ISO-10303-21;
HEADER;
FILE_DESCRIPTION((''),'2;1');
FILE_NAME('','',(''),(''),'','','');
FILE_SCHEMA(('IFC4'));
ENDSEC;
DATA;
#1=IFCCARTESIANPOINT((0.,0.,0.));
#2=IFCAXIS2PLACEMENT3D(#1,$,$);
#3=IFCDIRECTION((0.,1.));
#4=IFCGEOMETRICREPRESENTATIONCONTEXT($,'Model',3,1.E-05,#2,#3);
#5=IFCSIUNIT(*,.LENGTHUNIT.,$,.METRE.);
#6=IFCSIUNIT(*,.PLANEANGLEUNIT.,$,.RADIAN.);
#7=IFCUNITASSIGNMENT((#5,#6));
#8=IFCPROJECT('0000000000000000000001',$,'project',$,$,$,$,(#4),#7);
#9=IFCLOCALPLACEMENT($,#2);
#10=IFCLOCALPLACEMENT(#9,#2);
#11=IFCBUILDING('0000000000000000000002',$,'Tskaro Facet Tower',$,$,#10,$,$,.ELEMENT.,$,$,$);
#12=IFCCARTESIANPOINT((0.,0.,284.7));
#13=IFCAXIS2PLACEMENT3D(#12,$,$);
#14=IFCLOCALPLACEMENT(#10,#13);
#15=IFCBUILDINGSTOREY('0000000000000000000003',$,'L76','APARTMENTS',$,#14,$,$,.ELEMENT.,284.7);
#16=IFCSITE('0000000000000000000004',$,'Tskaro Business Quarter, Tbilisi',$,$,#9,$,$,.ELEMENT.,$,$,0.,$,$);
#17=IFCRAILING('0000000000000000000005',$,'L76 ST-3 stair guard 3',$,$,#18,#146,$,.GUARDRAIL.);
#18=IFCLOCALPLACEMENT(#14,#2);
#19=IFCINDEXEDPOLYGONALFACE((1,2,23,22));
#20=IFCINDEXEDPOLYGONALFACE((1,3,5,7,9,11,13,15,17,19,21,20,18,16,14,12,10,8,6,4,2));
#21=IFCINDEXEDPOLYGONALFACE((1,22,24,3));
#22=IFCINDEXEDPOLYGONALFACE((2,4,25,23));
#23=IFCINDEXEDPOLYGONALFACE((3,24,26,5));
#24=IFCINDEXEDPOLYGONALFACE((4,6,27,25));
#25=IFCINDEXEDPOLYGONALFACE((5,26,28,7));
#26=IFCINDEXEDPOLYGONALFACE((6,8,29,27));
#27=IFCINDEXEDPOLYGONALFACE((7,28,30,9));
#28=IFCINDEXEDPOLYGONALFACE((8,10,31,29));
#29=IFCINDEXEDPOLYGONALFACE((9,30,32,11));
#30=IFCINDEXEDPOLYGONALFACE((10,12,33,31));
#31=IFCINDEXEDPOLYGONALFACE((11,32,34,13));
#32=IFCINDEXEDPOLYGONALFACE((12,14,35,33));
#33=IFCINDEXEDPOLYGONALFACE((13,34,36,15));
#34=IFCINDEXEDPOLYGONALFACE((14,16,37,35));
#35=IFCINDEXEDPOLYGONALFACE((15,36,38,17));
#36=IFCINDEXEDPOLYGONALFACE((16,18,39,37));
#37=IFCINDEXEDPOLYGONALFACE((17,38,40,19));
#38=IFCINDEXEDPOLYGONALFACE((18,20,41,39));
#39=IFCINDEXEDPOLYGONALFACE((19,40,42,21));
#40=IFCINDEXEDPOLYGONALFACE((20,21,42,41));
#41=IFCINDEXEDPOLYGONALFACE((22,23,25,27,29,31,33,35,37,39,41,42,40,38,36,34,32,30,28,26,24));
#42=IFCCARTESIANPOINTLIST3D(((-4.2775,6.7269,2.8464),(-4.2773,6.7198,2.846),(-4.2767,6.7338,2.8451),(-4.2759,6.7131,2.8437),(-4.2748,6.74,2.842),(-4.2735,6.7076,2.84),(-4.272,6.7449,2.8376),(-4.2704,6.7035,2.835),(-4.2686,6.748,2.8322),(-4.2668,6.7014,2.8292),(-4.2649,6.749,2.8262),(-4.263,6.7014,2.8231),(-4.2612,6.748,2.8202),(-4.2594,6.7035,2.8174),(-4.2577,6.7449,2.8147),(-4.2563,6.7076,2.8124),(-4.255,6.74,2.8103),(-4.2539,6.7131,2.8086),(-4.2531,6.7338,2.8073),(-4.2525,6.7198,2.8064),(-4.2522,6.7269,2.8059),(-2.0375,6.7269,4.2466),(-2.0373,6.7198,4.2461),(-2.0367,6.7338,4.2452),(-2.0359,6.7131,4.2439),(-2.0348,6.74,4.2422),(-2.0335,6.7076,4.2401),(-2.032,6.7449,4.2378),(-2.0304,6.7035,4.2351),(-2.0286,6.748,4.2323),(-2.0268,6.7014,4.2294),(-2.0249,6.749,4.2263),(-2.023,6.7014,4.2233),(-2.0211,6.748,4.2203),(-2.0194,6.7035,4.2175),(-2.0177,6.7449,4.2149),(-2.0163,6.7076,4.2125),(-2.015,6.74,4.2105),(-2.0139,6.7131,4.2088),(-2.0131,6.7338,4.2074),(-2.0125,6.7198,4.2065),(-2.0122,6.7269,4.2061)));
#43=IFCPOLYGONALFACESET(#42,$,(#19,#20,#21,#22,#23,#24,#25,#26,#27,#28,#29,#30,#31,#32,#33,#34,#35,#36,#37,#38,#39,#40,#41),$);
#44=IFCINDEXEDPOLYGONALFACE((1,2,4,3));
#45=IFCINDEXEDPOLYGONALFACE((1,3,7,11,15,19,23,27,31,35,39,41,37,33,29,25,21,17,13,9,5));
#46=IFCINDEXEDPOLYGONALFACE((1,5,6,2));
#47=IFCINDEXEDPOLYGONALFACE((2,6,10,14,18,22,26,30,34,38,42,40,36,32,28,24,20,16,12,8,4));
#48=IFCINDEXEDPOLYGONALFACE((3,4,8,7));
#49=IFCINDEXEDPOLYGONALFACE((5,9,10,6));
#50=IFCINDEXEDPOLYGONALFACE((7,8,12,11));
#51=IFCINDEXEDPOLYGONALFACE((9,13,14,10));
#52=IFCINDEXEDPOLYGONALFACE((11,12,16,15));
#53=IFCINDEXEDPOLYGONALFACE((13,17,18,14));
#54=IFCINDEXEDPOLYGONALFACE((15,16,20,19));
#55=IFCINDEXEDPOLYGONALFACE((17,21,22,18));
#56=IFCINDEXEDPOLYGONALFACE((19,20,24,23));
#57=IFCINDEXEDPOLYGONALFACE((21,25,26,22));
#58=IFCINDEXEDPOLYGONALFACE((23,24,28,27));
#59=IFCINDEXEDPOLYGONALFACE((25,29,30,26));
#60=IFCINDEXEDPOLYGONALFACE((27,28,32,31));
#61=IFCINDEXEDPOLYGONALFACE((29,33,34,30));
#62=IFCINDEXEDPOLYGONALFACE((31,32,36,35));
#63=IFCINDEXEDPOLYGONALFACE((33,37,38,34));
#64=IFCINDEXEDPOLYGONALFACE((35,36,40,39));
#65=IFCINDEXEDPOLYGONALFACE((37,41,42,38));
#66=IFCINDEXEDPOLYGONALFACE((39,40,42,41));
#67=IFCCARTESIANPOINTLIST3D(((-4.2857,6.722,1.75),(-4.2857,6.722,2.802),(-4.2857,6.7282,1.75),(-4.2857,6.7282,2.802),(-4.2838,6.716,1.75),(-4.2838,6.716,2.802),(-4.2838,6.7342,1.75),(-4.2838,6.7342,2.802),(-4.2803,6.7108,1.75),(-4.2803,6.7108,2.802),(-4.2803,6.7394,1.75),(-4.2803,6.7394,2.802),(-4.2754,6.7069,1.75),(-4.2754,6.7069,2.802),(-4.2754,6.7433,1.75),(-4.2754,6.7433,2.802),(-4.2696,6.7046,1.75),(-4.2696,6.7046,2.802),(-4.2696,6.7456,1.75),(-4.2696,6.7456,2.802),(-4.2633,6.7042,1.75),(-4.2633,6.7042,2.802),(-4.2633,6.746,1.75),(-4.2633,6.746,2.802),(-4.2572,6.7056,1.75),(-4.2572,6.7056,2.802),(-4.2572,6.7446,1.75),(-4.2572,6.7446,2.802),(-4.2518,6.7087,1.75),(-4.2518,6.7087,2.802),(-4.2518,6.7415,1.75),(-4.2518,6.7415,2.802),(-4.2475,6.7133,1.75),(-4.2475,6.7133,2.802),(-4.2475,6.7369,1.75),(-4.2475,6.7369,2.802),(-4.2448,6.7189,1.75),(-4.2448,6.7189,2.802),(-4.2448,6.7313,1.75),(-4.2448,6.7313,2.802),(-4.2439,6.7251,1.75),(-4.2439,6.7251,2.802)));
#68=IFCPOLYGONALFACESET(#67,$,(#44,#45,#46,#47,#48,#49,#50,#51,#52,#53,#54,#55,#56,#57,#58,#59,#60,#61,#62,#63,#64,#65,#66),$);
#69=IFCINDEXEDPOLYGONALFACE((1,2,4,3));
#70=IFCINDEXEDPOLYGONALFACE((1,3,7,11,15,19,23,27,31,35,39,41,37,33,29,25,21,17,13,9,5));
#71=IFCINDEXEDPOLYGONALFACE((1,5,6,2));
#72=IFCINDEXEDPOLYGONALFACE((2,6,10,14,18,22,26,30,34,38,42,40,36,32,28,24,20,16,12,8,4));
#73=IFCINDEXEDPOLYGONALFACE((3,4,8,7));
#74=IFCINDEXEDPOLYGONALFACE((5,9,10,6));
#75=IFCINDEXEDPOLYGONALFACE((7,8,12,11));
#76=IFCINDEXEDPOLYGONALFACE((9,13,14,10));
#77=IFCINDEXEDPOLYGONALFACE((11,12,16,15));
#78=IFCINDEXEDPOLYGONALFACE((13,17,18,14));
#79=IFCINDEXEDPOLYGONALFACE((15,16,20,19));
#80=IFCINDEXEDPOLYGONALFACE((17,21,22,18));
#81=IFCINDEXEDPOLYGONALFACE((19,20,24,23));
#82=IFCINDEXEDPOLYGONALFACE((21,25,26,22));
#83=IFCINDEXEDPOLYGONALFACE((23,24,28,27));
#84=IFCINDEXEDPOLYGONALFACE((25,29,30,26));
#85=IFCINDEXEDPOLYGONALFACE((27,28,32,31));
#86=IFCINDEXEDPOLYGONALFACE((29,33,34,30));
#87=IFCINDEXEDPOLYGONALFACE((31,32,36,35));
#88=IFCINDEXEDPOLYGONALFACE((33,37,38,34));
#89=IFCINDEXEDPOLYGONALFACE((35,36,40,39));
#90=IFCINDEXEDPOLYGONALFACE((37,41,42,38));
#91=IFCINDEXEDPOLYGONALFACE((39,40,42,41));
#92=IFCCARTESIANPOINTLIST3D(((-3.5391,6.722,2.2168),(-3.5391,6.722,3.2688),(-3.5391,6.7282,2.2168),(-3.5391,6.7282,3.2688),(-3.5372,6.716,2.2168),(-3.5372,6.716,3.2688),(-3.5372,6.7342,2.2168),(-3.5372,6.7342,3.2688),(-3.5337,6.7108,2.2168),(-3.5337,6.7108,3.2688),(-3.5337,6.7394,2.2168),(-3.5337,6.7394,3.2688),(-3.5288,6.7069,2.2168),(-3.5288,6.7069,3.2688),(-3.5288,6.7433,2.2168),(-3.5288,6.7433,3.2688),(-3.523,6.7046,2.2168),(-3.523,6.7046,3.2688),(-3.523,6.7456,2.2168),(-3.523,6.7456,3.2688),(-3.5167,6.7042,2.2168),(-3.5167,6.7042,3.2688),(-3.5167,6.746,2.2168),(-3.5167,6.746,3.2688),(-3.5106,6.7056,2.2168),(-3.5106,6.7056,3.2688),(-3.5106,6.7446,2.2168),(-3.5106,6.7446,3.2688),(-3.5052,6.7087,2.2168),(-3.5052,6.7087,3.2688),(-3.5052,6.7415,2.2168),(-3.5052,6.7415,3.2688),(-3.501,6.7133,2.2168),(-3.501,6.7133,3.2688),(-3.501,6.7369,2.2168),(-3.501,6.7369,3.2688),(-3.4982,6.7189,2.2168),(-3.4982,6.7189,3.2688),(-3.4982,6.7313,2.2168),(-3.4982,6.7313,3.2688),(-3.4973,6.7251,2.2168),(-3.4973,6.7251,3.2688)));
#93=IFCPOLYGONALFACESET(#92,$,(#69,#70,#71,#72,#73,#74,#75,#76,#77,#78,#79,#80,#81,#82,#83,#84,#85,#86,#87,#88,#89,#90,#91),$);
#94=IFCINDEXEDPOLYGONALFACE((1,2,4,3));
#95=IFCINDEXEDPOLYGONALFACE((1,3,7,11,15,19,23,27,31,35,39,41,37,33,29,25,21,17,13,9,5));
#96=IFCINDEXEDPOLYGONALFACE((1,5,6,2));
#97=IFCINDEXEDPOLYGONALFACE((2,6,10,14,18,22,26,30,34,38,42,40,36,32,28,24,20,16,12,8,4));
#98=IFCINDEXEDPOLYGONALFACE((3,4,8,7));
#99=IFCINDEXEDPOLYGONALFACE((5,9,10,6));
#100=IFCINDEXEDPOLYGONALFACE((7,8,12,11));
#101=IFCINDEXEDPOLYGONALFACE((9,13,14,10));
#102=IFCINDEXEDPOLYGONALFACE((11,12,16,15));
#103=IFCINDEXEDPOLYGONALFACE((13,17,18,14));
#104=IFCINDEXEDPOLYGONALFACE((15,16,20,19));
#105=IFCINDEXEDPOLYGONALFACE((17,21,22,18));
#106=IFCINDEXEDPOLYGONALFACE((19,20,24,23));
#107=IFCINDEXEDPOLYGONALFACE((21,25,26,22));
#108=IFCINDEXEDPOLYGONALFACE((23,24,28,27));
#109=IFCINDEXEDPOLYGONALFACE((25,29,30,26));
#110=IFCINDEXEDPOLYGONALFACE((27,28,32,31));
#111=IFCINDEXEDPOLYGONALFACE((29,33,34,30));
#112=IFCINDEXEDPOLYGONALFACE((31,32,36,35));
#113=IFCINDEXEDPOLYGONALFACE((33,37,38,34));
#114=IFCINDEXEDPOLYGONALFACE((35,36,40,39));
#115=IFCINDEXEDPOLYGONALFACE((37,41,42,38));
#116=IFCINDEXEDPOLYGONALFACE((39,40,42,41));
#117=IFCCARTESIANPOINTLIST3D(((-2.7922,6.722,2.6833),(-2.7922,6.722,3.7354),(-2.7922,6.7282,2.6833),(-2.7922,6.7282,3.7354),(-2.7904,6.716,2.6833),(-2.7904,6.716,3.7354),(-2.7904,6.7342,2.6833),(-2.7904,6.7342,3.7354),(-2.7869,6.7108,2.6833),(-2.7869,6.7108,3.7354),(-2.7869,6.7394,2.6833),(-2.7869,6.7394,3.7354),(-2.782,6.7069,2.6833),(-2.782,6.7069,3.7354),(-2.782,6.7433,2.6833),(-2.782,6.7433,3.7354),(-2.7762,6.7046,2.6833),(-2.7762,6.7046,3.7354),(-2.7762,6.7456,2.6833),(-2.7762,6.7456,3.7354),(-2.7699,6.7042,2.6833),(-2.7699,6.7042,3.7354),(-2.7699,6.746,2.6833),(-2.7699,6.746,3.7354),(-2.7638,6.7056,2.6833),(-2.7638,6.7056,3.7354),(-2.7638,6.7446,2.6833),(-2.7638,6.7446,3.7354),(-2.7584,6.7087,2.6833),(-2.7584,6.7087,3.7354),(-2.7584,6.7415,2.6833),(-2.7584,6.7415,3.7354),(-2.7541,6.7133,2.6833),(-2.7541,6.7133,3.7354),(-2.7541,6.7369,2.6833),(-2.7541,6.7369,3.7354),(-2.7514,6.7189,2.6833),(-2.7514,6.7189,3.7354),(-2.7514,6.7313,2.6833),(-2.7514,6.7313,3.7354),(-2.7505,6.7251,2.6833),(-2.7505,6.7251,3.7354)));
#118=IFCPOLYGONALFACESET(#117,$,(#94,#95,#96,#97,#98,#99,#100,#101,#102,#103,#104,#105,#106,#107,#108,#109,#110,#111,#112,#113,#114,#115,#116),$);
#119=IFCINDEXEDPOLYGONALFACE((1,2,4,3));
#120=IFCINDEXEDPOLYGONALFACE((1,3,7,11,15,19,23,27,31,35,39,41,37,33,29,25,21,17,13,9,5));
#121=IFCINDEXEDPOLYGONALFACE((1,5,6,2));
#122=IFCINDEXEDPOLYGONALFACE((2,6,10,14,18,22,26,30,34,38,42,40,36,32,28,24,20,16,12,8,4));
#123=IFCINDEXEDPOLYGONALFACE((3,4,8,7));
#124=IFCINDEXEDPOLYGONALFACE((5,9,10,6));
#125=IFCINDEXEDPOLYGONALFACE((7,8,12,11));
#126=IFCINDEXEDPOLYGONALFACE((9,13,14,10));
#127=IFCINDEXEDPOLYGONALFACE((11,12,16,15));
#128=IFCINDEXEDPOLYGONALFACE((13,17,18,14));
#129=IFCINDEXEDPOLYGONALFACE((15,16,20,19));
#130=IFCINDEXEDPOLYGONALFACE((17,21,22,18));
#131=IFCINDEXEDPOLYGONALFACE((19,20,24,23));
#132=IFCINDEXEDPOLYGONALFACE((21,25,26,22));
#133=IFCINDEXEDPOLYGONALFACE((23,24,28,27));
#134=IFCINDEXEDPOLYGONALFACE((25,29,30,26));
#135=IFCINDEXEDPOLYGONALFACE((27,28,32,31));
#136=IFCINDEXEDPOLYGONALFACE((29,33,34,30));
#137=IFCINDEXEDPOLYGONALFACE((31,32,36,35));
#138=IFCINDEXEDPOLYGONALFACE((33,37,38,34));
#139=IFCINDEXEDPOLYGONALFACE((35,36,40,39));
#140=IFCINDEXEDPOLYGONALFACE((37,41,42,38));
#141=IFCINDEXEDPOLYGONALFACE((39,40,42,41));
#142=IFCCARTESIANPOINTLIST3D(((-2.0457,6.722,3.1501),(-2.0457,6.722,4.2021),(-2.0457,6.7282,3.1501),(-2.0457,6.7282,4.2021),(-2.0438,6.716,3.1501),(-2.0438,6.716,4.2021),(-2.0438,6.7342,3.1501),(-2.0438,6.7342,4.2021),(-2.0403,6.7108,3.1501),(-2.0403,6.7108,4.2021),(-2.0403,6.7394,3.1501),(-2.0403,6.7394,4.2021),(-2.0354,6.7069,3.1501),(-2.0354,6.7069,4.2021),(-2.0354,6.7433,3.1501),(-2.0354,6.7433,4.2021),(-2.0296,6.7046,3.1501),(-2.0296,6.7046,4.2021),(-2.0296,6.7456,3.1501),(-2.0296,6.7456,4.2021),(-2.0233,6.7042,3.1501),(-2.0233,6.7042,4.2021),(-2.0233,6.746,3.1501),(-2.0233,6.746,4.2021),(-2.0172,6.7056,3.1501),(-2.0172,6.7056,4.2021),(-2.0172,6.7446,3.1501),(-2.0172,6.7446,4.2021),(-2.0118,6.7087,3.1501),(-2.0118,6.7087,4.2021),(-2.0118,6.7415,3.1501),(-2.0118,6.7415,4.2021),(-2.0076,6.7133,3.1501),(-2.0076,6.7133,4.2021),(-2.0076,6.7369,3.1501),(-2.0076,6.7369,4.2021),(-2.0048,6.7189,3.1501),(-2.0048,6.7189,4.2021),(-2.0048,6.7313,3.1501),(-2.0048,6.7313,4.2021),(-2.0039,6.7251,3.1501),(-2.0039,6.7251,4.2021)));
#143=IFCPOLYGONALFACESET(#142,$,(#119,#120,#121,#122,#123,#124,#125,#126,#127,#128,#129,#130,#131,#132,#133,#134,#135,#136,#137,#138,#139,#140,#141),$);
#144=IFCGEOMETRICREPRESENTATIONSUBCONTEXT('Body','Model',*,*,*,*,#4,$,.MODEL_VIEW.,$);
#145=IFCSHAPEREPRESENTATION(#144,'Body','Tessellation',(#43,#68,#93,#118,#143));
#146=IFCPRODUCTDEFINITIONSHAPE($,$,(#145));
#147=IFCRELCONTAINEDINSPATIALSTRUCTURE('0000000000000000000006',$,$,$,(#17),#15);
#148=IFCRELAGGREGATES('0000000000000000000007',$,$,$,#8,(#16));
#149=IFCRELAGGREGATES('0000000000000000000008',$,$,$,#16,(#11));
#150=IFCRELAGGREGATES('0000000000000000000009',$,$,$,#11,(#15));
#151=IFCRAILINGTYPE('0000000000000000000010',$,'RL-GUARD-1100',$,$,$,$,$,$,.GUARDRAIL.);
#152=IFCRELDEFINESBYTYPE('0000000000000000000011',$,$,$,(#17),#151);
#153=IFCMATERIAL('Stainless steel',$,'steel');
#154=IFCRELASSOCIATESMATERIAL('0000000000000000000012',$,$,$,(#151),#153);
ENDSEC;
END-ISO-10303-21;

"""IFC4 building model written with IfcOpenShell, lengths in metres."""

from ifc_helpers import new_model, si_unit, direction, frame, origin, origin_2d, place, context, subcontext, project, spatial, circle, extrude, material, type_object, element, save


model = new_model("IFC4")

# Units and contexts
model_context = context("Model", 3, precision=1e-05, world=origin(), true_north=direction((0.0, 1.0)))
body_context = subcontext(model_context, "Body", "Model", "MODEL_VIEW")
ifc_project = project(units=[si_unit("LENGTHUNIT", "METRE"), si_unit("PLANEANGLEUNIT", "RADIAN")], contexts=[model_context])

# Site, building, storey
site_placement = place(None, origin())
site = spatial("IfcSite", under=ifc_project, at=site_placement, Name="Tskaro Business Quarter, Tbilisi", CompositionType="ELEMENT", RefElevation=0.0)
building_placement = place(site_placement, origin())
building = spatial("IfcBuilding", under=site, at=building_placement, Name="Tskaro Facet Tower", CompositionType="ELEMENT")
storey_placement = place(building_placement, frame((0.0, 0.0, 284.7)))
storey = spatial("IfcBuildingStorey", under=building, at=storey_placement, Name="L76", Description="APARTMENTS", CompositionType="ELEMENT", Elevation=284.7)

# Railing
ifc_material_1 = material(Name="Stainless steel", Category="steel")
railing_type_1 = type_object("IfcRailingType", Name="RL-GUARD-1100", PredefinedType="GUARDRAIL", material=ifc_material_1)
railing_1_placement = place(storey_placement, frame((-4.2649, 6.7251, 1.75)))
element("IfcRailing", 1, at=railing_1_placement, inside=storey, type_object=railing_type_1, Name="L76 ST-3 stair guard 3", PredefinedType="GUARDRAIL", context=body_context, shape_type="SweptSolid", body=[
    extrude(circle(Radius=0.0239, at=origin_2d()), frame((0.0, 0.0, 1.0762), z_axis=(0.847972, 0.0, 0.53004), x_axis=(0.0, 1.0, 0.0)), (0.0, 0.0, 1.0), 2.6416),
    extrude(circle(Radius=0.021, at=origin_2d()), origin(), (0.0, 0.0, 1.0), 1.052),
    extrude(circle(Radius=0.021, at=origin_2d()), frame((0.7466, 0.0, 0.4668)), (0.0, 0.0, 1.0), 1.052),
    extrude(circle(Radius=0.021, at=origin_2d()), frame((1.4934, 0.0, 0.9333)), (0.0, 0.0, 1.0), 1.052),
    extrude(circle(Radius=0.021, at=origin_2d()), frame((2.24, 0.0, 1.4001)), (0.0, 0.0, 1.0), 1.052),
])

save(model, "model.ifc")
